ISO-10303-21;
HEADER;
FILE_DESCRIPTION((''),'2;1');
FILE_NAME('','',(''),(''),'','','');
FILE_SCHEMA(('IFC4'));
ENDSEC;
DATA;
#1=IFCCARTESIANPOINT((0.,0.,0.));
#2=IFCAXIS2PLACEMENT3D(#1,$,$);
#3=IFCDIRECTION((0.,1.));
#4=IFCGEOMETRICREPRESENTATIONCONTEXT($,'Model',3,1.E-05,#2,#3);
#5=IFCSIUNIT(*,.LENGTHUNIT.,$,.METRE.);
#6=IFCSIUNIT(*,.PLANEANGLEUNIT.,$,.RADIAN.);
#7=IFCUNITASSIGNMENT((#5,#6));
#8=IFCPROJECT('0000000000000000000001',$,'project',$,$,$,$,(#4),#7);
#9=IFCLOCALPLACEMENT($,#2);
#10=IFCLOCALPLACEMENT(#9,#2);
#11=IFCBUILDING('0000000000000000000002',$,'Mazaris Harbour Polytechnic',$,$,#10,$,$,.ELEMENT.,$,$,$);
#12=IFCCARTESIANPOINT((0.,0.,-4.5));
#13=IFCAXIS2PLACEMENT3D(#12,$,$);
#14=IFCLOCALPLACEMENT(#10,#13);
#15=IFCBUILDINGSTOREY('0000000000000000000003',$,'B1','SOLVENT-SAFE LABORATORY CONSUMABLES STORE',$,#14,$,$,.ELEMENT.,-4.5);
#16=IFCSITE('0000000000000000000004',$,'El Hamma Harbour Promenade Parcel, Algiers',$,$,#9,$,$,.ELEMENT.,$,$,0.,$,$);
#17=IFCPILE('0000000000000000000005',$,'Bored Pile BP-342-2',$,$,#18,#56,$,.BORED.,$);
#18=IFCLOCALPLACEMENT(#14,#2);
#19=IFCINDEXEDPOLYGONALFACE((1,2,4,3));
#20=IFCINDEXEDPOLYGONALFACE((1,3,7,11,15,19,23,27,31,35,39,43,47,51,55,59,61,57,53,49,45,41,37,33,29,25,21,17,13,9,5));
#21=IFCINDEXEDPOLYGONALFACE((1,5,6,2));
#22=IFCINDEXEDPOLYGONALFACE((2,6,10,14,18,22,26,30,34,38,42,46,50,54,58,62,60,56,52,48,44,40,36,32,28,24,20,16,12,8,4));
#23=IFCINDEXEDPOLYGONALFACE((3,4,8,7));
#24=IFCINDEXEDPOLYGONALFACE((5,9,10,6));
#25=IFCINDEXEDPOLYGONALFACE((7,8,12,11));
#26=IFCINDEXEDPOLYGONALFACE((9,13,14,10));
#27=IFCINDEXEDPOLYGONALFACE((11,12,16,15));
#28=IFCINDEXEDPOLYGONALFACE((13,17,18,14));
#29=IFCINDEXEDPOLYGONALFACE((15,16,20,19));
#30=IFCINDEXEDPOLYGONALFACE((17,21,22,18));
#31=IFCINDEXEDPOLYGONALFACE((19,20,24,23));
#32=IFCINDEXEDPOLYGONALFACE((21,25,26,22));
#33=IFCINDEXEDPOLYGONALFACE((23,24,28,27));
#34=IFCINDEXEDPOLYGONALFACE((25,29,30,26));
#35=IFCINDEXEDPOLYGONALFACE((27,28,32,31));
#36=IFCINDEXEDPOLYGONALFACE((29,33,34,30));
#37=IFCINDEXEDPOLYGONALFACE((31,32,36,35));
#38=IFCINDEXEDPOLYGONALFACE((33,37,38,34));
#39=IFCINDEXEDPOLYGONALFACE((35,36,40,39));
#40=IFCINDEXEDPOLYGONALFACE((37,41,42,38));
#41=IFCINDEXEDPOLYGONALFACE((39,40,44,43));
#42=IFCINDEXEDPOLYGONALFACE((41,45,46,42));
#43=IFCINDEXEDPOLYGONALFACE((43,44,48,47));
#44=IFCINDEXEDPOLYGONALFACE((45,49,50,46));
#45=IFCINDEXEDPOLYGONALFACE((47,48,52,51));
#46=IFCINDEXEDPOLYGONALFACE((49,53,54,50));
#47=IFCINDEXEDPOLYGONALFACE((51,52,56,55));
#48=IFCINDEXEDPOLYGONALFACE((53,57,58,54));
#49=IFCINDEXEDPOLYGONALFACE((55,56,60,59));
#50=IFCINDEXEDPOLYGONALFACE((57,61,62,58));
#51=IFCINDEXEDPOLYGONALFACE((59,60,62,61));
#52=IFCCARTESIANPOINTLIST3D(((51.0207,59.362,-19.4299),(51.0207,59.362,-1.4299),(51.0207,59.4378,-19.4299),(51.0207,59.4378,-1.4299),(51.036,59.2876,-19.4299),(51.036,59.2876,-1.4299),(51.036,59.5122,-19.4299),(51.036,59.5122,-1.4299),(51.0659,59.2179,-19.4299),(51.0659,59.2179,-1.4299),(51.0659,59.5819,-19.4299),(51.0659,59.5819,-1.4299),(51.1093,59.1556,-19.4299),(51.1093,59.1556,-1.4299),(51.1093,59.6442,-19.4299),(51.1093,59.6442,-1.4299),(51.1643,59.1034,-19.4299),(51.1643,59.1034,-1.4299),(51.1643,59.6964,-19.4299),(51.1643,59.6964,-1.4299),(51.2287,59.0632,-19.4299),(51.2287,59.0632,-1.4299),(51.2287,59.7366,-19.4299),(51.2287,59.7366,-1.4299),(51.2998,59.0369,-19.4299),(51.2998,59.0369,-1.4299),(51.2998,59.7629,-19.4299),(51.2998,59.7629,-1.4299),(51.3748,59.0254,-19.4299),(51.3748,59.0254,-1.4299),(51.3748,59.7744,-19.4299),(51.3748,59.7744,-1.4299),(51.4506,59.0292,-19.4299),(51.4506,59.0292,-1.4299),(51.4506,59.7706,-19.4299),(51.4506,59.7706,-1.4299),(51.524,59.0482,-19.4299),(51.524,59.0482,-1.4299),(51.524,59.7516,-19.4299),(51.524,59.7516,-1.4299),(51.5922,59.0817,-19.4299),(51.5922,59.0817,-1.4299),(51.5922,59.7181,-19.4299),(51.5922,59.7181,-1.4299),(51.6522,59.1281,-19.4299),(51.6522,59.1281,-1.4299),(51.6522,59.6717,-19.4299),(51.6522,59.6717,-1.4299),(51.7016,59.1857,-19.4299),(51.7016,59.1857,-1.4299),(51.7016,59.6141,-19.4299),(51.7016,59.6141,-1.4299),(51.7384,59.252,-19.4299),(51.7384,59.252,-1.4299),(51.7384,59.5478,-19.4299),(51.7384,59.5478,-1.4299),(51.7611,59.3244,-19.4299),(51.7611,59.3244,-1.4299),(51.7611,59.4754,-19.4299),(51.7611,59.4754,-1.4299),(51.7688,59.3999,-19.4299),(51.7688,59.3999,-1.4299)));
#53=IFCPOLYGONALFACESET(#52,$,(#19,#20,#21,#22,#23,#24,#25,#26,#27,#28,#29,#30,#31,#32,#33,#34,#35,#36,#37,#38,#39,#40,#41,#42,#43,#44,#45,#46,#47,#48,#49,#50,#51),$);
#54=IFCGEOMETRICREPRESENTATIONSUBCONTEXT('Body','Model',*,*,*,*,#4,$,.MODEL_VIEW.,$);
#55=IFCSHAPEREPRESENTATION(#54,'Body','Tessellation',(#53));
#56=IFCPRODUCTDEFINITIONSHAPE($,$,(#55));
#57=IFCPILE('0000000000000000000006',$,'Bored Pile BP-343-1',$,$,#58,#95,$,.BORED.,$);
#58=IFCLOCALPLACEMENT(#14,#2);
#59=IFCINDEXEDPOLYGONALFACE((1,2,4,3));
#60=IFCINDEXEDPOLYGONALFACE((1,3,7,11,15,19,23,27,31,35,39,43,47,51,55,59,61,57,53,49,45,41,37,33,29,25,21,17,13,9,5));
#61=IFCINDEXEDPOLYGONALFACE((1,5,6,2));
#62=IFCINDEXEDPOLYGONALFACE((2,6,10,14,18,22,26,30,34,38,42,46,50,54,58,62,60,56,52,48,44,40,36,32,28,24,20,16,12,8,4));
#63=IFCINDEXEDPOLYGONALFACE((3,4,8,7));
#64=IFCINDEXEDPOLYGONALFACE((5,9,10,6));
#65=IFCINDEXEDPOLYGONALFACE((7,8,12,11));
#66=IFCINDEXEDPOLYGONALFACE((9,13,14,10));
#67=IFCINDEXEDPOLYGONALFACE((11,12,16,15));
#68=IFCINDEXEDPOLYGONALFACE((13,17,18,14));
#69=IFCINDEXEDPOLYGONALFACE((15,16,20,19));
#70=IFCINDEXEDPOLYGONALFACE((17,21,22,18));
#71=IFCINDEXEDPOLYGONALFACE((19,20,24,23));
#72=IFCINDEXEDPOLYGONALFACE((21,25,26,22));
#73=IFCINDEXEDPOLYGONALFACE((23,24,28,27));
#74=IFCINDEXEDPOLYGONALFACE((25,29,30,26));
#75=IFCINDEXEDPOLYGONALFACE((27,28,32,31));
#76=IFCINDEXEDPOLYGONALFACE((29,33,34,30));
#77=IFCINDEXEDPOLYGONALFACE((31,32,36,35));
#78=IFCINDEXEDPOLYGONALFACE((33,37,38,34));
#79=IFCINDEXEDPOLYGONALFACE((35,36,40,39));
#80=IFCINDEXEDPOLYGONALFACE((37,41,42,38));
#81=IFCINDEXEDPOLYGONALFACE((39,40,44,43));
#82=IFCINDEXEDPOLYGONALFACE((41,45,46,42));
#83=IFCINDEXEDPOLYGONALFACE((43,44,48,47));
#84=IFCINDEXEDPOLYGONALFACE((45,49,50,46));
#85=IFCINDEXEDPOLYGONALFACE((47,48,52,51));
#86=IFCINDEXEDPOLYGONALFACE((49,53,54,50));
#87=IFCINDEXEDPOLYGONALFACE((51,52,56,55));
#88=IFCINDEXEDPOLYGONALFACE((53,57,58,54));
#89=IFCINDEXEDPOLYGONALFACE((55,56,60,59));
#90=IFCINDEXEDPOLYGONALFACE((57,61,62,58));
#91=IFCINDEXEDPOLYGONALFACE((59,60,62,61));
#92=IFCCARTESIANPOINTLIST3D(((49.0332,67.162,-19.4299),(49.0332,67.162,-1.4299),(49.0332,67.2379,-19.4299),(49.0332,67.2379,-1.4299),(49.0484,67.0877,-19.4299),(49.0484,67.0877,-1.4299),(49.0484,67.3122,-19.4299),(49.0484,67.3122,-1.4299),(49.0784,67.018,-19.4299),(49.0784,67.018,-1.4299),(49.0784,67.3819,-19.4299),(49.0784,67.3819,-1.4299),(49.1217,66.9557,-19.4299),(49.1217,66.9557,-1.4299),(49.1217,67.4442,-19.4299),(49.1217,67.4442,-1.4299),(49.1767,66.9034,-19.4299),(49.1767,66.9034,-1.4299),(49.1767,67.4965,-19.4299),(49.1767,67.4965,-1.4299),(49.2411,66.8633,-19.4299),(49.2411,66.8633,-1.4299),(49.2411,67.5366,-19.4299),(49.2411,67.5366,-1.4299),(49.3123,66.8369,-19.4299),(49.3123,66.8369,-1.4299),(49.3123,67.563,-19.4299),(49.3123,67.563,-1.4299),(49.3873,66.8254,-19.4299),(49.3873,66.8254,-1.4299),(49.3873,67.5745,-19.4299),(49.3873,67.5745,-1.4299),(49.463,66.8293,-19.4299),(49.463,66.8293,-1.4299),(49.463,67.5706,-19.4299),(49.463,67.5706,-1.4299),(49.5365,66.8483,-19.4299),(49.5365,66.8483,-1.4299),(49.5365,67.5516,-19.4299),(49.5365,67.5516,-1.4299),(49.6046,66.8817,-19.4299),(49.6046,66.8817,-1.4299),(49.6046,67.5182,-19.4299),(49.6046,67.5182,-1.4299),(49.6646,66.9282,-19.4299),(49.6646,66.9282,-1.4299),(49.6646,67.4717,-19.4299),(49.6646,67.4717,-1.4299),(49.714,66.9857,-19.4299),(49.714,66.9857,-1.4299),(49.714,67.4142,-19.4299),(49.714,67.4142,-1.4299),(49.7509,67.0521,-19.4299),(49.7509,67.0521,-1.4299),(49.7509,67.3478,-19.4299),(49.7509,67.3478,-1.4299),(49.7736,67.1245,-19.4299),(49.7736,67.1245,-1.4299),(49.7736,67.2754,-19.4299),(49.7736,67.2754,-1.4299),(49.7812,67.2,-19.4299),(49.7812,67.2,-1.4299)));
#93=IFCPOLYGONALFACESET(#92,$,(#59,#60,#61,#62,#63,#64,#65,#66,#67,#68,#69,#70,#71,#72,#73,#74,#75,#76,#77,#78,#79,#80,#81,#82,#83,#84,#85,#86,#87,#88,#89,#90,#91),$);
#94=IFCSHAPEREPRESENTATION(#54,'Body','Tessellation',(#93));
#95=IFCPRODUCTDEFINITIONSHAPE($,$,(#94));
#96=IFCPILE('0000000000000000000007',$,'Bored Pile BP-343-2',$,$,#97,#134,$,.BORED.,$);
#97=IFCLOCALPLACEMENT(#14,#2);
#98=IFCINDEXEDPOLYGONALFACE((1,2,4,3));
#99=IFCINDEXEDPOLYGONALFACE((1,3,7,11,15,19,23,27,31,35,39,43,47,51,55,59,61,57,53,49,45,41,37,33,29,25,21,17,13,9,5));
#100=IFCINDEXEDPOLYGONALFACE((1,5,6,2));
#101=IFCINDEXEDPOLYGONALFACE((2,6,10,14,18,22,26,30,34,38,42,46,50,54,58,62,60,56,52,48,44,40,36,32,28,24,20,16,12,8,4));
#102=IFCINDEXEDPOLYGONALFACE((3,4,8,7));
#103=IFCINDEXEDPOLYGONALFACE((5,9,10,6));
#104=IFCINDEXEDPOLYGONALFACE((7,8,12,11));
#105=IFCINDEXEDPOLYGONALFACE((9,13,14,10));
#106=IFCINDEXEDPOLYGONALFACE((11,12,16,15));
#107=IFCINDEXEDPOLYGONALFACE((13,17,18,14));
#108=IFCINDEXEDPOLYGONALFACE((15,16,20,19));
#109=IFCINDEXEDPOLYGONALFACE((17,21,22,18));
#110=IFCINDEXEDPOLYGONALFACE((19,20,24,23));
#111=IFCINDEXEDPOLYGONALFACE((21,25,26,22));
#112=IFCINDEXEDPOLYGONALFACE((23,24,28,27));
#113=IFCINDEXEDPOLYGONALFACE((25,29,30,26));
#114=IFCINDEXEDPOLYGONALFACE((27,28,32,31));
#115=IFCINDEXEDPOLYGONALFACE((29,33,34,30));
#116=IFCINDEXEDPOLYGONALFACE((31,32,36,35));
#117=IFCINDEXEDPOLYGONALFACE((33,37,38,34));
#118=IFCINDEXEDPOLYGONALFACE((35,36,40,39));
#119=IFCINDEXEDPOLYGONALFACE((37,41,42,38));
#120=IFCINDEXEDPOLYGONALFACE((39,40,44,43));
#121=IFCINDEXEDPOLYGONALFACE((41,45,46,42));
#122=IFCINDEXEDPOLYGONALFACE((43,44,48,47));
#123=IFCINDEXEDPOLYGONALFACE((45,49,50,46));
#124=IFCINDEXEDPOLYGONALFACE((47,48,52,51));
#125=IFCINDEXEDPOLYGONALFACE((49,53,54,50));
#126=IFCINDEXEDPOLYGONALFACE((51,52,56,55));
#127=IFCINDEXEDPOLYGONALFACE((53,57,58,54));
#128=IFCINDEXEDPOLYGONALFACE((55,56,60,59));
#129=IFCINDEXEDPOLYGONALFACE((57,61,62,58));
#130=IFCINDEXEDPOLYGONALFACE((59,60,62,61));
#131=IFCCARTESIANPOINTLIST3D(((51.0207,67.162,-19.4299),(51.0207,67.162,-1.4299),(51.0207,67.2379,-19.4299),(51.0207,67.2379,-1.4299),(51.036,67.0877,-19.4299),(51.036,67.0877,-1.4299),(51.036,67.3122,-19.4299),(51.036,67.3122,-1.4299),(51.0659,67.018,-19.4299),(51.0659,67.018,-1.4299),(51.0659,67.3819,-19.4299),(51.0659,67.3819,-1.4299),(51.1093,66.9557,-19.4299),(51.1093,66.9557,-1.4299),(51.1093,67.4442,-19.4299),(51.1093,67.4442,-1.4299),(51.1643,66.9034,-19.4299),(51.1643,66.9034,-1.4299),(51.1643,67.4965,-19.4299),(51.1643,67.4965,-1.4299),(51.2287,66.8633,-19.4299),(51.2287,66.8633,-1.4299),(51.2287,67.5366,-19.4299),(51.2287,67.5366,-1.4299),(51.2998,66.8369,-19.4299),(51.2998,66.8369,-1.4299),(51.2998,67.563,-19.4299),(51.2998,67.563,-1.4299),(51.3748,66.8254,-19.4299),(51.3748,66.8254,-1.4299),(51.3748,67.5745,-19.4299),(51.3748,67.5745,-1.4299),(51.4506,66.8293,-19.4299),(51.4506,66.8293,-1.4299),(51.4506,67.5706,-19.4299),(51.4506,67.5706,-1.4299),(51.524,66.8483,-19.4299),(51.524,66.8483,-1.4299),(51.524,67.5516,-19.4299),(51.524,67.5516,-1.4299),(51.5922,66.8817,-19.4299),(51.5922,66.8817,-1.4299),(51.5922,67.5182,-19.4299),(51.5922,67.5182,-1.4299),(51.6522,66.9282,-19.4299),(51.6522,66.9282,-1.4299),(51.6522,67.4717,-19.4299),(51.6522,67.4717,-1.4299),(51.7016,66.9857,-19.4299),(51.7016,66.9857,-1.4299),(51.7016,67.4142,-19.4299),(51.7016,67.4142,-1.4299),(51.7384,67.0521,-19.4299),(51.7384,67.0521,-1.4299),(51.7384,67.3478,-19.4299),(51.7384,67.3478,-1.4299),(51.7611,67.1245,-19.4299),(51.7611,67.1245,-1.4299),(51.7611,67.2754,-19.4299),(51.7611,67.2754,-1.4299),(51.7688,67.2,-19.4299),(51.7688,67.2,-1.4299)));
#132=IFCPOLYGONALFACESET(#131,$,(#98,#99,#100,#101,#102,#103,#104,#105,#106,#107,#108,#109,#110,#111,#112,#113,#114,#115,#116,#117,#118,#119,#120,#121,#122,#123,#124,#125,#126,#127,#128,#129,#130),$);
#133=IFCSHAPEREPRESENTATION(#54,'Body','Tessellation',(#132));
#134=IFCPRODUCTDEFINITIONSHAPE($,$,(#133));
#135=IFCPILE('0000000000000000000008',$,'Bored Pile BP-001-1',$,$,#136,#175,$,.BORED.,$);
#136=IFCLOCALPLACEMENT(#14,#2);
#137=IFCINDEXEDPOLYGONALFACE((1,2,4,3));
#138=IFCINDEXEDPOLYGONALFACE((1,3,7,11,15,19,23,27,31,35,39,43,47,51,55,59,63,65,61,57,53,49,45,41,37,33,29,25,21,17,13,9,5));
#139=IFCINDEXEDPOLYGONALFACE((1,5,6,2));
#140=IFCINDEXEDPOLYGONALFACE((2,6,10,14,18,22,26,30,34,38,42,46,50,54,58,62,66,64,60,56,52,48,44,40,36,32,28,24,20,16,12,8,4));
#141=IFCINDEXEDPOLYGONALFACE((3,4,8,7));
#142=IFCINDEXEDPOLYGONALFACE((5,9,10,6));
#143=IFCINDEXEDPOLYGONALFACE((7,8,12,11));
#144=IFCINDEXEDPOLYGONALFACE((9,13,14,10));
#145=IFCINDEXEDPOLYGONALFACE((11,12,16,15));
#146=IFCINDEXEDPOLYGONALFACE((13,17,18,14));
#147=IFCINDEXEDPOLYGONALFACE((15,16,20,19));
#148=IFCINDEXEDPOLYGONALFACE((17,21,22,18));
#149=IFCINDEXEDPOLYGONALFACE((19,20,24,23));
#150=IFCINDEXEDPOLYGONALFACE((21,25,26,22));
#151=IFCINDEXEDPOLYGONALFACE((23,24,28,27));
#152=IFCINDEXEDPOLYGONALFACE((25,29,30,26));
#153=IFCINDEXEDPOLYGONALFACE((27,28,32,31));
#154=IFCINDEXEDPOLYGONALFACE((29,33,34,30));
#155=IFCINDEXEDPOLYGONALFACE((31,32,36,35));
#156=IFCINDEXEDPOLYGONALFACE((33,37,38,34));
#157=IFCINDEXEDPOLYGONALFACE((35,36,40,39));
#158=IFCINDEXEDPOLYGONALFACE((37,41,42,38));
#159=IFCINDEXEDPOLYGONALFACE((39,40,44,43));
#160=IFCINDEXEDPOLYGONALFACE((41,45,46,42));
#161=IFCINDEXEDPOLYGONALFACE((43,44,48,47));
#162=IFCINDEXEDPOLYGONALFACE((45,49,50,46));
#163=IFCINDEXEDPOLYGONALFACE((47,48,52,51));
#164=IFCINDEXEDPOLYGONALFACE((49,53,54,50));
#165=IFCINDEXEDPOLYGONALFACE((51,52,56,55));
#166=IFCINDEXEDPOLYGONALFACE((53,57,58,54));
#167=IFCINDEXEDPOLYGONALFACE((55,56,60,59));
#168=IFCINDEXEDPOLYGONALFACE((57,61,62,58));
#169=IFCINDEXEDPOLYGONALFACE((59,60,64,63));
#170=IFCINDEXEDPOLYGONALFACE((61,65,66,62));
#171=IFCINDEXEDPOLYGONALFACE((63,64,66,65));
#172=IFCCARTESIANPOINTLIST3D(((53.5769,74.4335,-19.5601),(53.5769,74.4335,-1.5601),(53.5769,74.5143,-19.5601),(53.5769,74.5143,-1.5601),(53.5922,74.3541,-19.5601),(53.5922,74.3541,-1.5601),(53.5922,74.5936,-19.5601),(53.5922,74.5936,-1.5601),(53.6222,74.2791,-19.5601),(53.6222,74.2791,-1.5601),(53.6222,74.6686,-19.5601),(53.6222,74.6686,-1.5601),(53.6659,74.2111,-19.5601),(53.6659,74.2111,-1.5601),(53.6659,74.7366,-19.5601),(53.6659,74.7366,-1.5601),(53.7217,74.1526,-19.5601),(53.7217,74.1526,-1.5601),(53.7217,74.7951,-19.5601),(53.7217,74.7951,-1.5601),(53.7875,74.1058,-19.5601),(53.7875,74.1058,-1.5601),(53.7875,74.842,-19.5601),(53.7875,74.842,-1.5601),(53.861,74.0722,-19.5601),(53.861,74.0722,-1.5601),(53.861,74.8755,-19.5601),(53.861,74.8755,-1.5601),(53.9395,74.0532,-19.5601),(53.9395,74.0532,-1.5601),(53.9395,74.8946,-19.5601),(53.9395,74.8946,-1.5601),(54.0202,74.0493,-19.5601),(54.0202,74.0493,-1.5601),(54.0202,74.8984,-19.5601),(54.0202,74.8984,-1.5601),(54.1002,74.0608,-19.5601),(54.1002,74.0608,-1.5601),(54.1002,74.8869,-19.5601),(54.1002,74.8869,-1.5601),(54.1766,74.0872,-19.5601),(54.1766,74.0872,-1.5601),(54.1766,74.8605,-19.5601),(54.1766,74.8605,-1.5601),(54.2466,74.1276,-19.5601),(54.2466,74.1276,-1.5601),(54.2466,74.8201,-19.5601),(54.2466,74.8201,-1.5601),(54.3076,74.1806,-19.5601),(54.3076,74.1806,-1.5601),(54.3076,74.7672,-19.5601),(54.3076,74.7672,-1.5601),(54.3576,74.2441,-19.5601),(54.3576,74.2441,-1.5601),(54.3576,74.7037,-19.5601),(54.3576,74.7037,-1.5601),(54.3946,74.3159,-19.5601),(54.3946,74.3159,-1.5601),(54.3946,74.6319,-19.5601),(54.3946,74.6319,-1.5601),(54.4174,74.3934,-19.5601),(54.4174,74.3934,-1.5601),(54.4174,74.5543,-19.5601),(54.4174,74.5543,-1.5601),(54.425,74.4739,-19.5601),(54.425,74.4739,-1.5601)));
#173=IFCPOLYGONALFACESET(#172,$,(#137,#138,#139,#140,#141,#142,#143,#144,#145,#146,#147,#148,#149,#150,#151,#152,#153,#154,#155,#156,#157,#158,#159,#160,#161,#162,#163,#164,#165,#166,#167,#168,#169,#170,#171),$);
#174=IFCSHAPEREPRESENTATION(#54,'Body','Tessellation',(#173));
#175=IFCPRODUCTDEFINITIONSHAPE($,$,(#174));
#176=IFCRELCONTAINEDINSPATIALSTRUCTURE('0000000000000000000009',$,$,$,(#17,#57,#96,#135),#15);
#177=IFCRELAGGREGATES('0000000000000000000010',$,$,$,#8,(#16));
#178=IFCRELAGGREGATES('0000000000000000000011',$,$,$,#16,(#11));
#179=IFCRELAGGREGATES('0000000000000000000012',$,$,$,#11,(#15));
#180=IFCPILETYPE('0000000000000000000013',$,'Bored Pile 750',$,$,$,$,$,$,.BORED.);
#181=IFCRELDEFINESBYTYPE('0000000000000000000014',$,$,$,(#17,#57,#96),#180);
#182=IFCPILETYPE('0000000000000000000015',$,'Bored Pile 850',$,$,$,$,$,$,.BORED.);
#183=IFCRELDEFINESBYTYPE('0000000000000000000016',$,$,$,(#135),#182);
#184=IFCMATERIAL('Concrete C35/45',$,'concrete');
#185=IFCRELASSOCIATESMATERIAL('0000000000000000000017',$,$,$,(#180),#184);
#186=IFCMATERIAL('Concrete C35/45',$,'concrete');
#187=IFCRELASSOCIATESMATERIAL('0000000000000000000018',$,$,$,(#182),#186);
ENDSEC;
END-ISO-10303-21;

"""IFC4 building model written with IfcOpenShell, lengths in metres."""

from ifc_helpers import new_model, si_unit, direction, frame, origin, origin_2d, place, context, subcontext, project, spatial, circle, extrude, material, material_profile, profile_set, type_object, element, save


model = new_model("IFC4")

# Units and contexts
model_context = context("Model", 3, precision=1e-05, world=origin(), true_north=direction((0.0, 1.0)))
body_context = subcontext(model_context, "Body", "Model", "MODEL_VIEW")
ifc_project = project(units=[si_unit("LENGTHUNIT", "METRE"), si_unit("PLANEANGLEUNIT", "RADIAN")], contexts=[model_context])

# Site, building, storey
site_placement = place(None, origin())
site = spatial("IfcSite", under=ifc_project, at=site_placement, Name="El Hamma Harbour Promenade Parcel, Algiers", CompositionType="ELEMENT", RefElevation=0.0)
building_placement = place(site_placement, origin())
building = spatial("IfcBuilding", under=site, at=building_placement, Name="Mazaris Harbour Polytechnic", CompositionType="ELEMENT")
storey_placement = place(building_placement, frame((0.0, 0.0, -4.5)))
storey = spatial("IfcBuildingStorey", under=building, at=storey_placement, Name="B1", Description="SOLVENT-SAFE LABORATORY CONSUMABLES STORE", CompositionType="ELEMENT", Elevation=-4.5)

# Piles
ifc_material_1 = material(Name="Concrete C35/45", Category="concrete")
ifc_material_profile_1 = material_profile(ifc_material_1, circle(Radius=0.375, at=origin_2d()), Name="DIA750")
ifc_profile_set_1 = profile_set([ifc_material_profile_1], Name="Concrete C35/45")
pile_type_1 = type_object("IfcPileType", Name="Bored Pile 750", PredefinedType="BORED", material=ifc_profile_set_1)
for number, where, z_axis, x_axis, name in (
    (1, (51.3938, 59.3999, -1.4299), (0.0, 0.0, -1.0), (1.0, 0.0, 0.0), "Bored Pile BP-342-2"),
    (2, (49.4062, 67.2, -1.4299), (0.0, 0.0, -1.0), (1.0, 0.0, 0.0), "Bored Pile BP-343-1"),
    (3, (51.3938, 67.2, -1.4299), (0.0, 0.0, -1.0), (1.0, 0.0, 0.0), "Bored Pile BP-343-2"),
):
    element("IfcPile", number, at=place(storey_placement, frame(where, z_axis=z_axis, x_axis=x_axis)), inside=storey, type_object=pile_type_1, Name=name, PredefinedType="BORED", context=body_context, shape_type="SweptSolid", body=[
        extrude(circle(Radius=0.375, at=origin_2d()), origin(), (0.0, 0.0, 1.0), 18.0),
    ])
ifc_material_2 = material(Name="Concrete C35/45", Category="concrete")
ifc_material_profile_2 = material_profile(ifc_material_2, circle(Radius=0.425, at=origin_2d()), Name="DIA850")
ifc_profile_set_2 = profile_set([ifc_material_profile_2], Name="Concrete C35/45")
pile_type_2 = type_object("IfcPileType", Name="Bored Pile 850", PredefinedType="BORED", material=ifc_profile_set_2)
for number, where, z_axis, x_axis, name in (
    (4, (54.0, 74.4739, -1.5601), (0.0, 0.0, -1.0), (1.0, 0.0, 0.0), "Bored Pile BP-001-1"),
):
    element("IfcPile", number, at=place(storey_placement, frame(where, z_axis=z_axis, x_axis=x_axis)), inside=storey, type_object=pile_type_2, Name=name, PredefinedType="BORED", context=body_context, shape_type="SweptSolid", body=[
        extrude(circle(Radius=0.425, at=origin_2d()), origin(), (0.0, 0.0, 1.0), 18.0),
    ])

save(model, "model.ifc")
